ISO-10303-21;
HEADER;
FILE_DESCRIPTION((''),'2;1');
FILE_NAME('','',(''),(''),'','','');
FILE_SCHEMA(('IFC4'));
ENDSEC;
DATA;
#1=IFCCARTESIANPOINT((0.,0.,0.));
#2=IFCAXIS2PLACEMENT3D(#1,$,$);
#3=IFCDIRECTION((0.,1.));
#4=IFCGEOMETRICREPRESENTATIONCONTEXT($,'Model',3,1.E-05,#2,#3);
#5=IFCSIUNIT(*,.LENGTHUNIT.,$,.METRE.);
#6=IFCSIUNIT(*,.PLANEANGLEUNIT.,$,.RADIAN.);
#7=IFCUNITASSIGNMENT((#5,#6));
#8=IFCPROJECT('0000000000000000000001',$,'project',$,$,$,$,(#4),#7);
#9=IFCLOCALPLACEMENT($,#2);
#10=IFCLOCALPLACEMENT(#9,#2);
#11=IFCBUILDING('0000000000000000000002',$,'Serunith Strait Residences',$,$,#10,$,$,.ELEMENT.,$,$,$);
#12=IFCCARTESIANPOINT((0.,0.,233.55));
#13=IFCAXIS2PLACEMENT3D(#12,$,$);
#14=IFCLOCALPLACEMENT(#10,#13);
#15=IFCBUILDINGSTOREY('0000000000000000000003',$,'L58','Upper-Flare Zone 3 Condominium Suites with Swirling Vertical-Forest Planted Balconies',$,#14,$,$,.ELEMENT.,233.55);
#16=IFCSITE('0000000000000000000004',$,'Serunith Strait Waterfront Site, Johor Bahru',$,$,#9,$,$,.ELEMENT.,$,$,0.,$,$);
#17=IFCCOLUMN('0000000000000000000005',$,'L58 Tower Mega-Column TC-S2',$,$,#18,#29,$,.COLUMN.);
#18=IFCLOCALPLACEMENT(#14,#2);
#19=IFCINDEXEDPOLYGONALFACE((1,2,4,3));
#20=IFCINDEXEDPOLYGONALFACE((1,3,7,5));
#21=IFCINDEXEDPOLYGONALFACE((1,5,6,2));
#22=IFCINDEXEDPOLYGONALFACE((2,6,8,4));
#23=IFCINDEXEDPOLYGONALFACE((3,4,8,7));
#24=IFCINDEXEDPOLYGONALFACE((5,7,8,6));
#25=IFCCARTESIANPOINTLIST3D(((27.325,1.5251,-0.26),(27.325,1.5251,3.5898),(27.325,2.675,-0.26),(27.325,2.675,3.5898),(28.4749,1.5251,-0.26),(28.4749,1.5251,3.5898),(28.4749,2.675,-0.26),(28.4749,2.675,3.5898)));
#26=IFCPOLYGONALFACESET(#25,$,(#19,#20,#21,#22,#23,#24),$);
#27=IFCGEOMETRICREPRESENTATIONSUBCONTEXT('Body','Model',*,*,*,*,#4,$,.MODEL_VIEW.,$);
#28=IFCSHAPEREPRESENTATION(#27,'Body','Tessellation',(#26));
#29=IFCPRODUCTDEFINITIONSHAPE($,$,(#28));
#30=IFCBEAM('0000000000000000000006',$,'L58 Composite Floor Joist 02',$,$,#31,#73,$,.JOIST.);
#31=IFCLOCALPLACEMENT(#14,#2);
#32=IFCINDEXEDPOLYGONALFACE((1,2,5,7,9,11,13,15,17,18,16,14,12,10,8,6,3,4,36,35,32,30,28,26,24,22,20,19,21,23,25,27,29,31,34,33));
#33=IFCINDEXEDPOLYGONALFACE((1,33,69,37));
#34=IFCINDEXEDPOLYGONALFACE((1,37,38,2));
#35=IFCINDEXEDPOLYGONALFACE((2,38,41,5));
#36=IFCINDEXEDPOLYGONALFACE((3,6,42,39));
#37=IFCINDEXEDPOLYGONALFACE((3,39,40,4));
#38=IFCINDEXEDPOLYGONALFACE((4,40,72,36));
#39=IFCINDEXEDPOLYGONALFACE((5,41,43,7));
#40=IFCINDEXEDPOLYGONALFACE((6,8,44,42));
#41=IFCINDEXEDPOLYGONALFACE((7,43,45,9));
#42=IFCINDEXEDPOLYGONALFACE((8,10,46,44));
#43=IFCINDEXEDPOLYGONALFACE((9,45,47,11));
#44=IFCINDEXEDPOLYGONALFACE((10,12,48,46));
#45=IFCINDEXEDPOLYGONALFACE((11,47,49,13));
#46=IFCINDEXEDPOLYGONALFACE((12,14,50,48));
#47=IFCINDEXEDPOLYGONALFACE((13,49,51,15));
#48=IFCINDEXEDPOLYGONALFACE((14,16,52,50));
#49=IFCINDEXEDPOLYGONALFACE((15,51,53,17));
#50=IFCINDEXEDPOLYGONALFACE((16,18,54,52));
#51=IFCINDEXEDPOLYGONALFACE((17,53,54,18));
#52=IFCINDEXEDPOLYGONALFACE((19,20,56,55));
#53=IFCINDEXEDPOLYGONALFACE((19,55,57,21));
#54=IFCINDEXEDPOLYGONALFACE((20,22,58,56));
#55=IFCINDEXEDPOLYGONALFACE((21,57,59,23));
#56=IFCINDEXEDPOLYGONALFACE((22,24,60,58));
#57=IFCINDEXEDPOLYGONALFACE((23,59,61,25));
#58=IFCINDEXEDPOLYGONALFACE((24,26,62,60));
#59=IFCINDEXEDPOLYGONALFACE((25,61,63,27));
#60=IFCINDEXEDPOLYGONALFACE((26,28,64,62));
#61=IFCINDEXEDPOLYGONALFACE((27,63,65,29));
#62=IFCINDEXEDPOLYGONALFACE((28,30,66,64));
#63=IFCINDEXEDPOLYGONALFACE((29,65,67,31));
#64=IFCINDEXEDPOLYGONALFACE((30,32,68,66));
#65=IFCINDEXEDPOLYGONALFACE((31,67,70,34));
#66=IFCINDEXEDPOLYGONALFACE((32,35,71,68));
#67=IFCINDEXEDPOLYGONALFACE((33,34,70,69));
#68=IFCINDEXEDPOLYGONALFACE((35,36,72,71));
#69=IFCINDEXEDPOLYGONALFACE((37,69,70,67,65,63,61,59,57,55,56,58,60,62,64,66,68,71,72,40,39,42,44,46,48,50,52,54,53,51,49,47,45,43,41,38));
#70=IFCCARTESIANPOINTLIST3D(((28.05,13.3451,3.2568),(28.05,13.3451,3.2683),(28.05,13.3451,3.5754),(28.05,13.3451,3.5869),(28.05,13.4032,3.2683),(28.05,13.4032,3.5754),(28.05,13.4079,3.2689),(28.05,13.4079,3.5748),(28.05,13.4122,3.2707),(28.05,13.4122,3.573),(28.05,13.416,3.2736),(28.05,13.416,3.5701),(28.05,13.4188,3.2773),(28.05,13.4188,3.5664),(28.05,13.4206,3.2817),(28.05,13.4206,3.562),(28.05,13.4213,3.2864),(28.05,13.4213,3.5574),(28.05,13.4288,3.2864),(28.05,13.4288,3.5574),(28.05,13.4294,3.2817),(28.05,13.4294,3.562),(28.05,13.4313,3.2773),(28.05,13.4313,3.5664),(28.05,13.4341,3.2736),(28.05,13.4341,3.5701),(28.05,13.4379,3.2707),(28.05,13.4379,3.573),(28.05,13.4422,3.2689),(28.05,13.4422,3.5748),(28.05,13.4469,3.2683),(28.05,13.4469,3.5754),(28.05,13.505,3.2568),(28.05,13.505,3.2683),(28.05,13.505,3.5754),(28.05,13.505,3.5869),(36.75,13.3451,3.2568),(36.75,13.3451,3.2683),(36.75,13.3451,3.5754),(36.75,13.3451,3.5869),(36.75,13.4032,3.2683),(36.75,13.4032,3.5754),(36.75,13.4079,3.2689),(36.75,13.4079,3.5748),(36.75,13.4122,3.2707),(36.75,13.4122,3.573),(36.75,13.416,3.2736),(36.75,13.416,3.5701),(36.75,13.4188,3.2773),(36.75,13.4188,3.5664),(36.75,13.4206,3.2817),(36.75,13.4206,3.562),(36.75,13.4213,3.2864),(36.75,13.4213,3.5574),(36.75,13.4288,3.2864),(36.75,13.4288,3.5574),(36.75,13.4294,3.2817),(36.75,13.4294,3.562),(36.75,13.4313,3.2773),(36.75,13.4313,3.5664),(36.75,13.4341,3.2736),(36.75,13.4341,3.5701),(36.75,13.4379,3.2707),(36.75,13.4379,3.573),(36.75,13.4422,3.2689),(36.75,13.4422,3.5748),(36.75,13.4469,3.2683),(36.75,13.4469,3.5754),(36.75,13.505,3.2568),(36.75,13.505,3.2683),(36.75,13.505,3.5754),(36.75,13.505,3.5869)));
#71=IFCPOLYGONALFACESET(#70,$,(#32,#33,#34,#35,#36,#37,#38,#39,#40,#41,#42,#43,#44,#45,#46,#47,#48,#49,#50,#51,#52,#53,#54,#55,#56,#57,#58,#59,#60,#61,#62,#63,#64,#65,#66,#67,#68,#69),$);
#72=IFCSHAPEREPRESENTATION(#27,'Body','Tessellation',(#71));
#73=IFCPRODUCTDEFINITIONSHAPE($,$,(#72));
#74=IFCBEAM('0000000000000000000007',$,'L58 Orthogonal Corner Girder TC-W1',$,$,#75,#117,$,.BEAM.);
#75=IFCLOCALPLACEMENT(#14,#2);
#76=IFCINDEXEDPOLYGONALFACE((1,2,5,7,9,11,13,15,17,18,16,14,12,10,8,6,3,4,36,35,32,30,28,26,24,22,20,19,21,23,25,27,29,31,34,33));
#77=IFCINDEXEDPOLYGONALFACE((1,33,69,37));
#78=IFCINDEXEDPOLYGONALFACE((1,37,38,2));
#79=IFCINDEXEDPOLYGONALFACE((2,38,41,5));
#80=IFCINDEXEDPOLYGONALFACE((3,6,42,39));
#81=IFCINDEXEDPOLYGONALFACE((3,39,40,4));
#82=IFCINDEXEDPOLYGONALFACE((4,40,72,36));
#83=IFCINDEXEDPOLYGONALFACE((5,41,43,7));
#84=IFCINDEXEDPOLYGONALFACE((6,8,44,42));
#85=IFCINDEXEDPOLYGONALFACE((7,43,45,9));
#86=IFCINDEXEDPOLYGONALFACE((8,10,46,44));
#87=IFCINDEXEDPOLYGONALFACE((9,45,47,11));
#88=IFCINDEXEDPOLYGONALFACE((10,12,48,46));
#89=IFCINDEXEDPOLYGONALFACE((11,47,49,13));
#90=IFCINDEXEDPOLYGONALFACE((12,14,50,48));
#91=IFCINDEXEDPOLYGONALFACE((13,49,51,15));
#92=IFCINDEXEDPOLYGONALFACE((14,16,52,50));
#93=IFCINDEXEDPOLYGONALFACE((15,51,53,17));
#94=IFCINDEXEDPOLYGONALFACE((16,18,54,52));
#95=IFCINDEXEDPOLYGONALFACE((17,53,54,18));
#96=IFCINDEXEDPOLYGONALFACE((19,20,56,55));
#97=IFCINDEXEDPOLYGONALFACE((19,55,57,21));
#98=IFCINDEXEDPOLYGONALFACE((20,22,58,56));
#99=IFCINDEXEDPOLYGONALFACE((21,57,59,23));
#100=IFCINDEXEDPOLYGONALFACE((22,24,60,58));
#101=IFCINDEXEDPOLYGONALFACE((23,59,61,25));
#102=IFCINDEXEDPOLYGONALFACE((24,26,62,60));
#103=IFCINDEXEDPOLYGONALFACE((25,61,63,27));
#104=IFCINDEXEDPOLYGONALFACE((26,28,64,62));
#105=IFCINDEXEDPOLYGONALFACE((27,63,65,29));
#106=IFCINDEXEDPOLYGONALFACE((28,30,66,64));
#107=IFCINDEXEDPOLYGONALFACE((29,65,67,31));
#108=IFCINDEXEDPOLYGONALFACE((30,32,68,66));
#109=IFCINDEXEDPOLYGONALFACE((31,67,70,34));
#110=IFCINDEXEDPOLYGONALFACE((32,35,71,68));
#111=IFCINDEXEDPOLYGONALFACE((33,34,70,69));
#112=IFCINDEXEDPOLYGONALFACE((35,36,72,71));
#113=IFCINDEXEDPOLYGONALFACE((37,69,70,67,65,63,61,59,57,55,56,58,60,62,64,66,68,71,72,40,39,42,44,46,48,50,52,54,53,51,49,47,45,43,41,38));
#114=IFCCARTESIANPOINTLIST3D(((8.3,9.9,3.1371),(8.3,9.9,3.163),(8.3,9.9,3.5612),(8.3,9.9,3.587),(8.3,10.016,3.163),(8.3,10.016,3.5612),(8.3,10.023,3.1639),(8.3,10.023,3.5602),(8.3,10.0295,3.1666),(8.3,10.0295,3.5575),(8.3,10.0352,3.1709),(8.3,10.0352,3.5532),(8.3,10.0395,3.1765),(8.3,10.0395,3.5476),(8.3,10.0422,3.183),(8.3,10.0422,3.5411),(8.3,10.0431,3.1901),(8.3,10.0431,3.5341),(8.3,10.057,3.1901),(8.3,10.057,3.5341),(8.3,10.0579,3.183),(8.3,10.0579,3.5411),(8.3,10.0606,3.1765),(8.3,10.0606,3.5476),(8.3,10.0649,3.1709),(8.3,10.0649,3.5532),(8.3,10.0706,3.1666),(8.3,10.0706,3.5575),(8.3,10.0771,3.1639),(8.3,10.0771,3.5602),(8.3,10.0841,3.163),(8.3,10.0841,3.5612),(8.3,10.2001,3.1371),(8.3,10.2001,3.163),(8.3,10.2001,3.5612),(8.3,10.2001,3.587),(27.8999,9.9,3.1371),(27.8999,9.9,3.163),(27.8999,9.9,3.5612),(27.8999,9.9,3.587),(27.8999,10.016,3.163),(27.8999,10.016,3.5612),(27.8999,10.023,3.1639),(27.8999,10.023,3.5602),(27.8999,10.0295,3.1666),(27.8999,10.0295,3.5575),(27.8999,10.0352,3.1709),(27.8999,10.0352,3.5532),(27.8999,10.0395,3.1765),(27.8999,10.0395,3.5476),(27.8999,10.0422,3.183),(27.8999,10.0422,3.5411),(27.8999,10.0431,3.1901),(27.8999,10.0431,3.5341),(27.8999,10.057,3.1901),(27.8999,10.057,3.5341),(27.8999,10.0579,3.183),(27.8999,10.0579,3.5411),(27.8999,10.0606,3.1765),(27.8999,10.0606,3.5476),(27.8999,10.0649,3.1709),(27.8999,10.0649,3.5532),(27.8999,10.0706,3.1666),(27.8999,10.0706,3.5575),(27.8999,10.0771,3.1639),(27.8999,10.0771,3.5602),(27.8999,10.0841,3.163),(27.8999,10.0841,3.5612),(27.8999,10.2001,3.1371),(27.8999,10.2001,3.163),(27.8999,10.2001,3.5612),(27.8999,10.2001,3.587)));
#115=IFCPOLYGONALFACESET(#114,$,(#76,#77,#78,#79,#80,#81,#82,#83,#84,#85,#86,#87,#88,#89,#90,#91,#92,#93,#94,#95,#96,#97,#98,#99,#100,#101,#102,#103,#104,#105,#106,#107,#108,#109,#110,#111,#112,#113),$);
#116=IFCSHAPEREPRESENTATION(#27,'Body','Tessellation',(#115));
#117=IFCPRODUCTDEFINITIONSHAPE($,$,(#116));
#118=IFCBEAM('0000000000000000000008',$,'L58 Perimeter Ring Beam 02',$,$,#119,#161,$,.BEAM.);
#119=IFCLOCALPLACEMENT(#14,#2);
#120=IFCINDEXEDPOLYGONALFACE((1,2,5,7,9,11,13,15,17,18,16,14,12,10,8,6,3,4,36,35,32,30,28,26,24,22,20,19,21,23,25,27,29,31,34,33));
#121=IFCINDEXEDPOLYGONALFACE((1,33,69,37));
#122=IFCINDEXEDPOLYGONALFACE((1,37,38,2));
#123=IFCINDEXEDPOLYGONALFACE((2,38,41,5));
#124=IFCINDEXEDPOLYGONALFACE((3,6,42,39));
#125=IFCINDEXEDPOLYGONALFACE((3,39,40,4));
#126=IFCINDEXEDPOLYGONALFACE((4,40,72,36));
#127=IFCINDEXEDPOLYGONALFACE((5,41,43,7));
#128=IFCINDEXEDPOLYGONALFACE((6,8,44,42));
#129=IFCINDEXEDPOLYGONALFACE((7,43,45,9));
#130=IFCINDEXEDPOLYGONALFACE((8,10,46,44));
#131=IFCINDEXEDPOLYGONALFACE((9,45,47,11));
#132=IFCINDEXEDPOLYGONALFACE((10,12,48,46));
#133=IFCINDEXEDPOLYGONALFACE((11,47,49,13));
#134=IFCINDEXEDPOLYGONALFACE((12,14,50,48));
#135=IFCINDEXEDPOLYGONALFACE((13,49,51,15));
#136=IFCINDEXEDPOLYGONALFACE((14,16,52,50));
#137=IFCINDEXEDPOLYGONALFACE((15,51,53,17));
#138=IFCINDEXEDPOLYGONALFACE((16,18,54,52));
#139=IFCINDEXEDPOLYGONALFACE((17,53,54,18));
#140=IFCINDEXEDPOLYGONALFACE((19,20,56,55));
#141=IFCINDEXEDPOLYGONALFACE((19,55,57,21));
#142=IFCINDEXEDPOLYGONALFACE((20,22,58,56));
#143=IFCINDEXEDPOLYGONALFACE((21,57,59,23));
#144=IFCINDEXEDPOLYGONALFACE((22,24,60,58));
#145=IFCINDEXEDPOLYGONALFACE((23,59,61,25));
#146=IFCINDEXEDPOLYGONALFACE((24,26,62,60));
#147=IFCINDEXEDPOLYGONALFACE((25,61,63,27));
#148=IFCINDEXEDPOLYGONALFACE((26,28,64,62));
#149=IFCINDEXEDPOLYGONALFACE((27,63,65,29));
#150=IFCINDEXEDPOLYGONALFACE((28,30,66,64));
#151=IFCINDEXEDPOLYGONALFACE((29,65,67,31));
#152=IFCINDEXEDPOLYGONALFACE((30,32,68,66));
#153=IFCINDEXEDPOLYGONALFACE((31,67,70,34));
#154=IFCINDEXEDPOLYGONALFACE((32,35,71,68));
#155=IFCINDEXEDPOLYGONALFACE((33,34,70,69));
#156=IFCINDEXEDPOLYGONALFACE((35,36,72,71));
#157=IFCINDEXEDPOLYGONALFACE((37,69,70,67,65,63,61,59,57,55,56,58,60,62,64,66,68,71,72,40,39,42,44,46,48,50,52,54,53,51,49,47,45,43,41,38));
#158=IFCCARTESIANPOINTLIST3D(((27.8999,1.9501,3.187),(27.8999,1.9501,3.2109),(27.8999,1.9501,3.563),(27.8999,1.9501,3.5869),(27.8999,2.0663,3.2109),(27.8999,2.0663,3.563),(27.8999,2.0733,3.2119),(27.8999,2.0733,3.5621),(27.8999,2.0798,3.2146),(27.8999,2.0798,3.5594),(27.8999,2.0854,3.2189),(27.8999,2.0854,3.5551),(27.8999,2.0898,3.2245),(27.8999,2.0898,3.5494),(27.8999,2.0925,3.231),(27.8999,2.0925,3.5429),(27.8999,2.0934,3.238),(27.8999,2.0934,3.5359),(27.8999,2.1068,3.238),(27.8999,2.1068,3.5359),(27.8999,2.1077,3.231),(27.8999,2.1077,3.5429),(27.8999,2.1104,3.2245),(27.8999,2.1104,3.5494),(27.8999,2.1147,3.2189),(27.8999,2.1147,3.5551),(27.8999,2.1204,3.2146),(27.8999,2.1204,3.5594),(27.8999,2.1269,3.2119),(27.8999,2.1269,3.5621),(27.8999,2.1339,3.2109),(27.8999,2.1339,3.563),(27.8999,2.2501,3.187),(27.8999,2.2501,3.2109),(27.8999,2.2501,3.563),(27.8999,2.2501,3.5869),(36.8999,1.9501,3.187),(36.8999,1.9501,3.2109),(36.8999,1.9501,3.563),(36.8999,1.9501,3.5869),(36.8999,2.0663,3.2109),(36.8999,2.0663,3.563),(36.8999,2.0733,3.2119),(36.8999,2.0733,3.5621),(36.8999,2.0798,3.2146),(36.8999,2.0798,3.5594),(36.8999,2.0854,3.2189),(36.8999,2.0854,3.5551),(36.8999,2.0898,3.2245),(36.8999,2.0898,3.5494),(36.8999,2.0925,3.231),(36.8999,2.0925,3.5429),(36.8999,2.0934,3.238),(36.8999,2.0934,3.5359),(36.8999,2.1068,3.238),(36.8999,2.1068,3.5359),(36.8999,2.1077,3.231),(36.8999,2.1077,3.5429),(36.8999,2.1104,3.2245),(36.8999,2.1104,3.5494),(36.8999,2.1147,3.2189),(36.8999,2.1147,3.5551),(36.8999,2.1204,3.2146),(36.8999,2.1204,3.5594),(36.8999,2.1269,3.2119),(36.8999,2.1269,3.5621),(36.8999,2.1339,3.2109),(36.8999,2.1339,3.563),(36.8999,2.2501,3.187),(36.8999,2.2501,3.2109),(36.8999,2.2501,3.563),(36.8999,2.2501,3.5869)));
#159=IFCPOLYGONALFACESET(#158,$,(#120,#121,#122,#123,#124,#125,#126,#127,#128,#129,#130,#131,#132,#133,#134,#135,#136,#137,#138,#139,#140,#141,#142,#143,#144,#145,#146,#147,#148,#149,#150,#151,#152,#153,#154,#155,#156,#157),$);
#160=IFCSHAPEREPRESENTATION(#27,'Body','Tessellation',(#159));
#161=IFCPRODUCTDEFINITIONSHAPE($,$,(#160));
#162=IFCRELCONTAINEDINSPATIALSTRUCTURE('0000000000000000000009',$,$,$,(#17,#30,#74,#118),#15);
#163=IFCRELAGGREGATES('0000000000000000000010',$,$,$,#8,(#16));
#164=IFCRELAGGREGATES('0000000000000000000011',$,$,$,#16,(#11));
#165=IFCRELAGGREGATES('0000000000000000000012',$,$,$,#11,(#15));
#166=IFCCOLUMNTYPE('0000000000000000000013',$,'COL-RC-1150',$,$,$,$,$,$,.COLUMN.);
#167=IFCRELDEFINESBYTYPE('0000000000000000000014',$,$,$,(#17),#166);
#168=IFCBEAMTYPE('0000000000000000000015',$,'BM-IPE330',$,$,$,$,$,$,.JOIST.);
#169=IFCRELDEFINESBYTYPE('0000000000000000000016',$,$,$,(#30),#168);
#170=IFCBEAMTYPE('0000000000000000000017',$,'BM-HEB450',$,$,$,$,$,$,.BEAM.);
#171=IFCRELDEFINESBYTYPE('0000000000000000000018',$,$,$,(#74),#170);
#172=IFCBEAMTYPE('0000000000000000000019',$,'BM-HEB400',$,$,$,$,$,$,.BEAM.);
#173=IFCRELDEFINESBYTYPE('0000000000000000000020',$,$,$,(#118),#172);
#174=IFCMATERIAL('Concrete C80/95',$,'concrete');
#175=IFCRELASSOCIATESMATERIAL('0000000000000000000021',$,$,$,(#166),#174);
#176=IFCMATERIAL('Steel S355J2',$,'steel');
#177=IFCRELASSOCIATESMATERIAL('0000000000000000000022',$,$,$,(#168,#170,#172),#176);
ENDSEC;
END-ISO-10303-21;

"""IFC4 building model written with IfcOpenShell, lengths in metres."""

from ifc_helpers import new_model, si_unit, direction, frame, origin, origin_2d, place, context, subcontext, project, spatial, rectangle, i_section, extrude, source, transform, mapped, material, material_profile, profile_set, type_object, element, save


model = new_model("IFC4")

# Units and contexts
model_context = context("Model", 3, precision=1e-05, world=origin(), true_north=direction((0.0, 1.0)))
body_context = subcontext(model_context, "Body", "Model", "MODEL_VIEW")
ifc_project = project(units=[si_unit("LENGTHUNIT", "METRE"), si_unit("PLANEANGLEUNIT", "RADIAN")], contexts=[model_context])

# Site, building, storey
site_placement = place(None, origin())
site = spatial("IfcSite", under=ifc_project, at=site_placement, Name="Serunith Strait Waterfront Site, Johor Bahru", CompositionType="ELEMENT", RefElevation=0.0)
building_placement = place(site_placement, origin())
building = spatial("IfcBuilding", under=site, at=building_placement, Name="Serunith Strait Residences", CompositionType="ELEMENT")
storey_placement = place(building_placement, frame((0.0, 0.0, 233.55)))
storey = spatial("IfcBuildingStorey", under=building, at=storey_placement, Name="L58", Description="Upper-Flare Zone 3 Condominium Suites with Swirling Vertical-Forest Planted Balconies", CompositionType="ELEMENT", Elevation=233.55)

# Column
ifc_material_1 = material(Name="Concrete C80/95", Category="concrete")
ifc_material_profile_1 = material_profile(ifc_material_1, rectangle(XDim=1.1499, YDim=1.1499, at=origin_2d()), Name="RC 1150x1150")
ifc_profile_set_1 = profile_set([ifc_material_profile_1], Name="Concrete C80/95")
column_type = type_object("IfcColumnType", Name="COL-RC-1150", PredefinedType="COLUMN", material=ifc_profile_set_1)
shared_shape_1 = source(origin(), body_context, "Body", "SweptSolid", [
    extrude(rectangle(XDim=1.1499, YDim=1.1499, at=origin_2d()), origin(), (0.0, 0.0, 1.0), 3.8499),
])
column_placement = place(storey_placement, frame((27.8999, 2.1001, -0.26), z_axis=(0.0, 0.0, 1.0), x_axis=(1.0, 0.0, 0.0)))
element("IfcColumn", 1, at=column_placement, inside=storey, type_object=column_type, Name="L58 Tower Mega-Column TC-S2", PredefinedType="COLUMN", context=body_context, shape_type="MappedRepresentation", body=[
    mapped(shared_shape_1, transform((0.0, 0.0, 0.0), scale=1.0)),
])

# Beams
ifc_material_2 = material(Name="Steel S355J2", Category="steel")
ifc_material_profile_2 = material_profile(ifc_material_2, i_section(OverallWidth=0.1599, OverallDepth=0.3301, WebThickness=0.0076, FlangeThickness=0.0115, FilletRadius=0.0181, at=origin_2d()), Name="IPE 330")
ifc_profile_set_2 = profile_set([ifc_material_profile_2], Name="Steel S355J2")
beam_type_1 = type_object("IfcBeamType", Name="BM-IPE330", PredefinedType="JOIST", material=ifc_profile_set_2)
shared_shape_2 = source(origin(), body_context, "Body", "SweptSolid", [
    extrude(i_section(OverallWidth=0.1599, OverallDepth=0.3301, WebThickness=0.0076, FlangeThickness=0.0115, FilletRadius=0.0181, at=origin_2d()), origin(), (0.0, 0.0, 1.0), 8.7),
])
beam_1_placement = place(storey_placement, frame((28.05, 13.425, 3.4219), z_axis=(1.0, 0.0, 0.0), x_axis=(0.0, 1.0, 0.0)))
element("IfcBeam", 2, at=beam_1_placement, inside=storey, type_object=beam_type_1, Name="L58 Composite Floor Joist 02", PredefinedType="JOIST", context=body_context, shape_type="MappedRepresentation", body=[
    mapped(shared_shape_2, transform((0.0, 0.0, 0.0), scale=1.0)),
])
ifc_material_profile_3 = material_profile(ifc_material_2, i_section(OverallWidth=0.3, OverallDepth=0.45, WebThickness=0.0139, FlangeThickness=0.0259, FilletRadius=0.0271, at=origin_2d()), Name="HEB 450")
ifc_profile_set_3 = profile_set([ifc_material_profile_3], Name="Steel S355J2")
beam_type_2 = type_object("IfcBeamType", Name="BM-HEB450", PredefinedType="BEAM", material=ifc_profile_set_3)
shared_shape_3 = source(origin(), body_context, "Body", "SweptSolid", [
    extrude(i_section(OverallWidth=0.3, OverallDepth=0.45, WebThickness=0.0139, FlangeThickness=0.0259, FilletRadius=0.0271, at=origin_2d()), origin(), (0.0, 0.0, 1.0), 19.5999),
])
beam_2_placement = place(storey_placement, frame((27.8999, 10.05, 3.3621), z_axis=(-1.0, 0.0, 0.0), x_axis=(0.0, -1.0, 0.0)))
element("IfcBeam", 3, at=beam_2_placement, inside=storey, type_object=beam_type_2, Name="L58 Orthogonal Corner Girder TC-W1", PredefinedType="BEAM", context=body_context, shape_type="MappedRepresentation", body=[
    mapped(shared_shape_3, transform((0.0, 0.0, 0.0), scale=1.0)),
])
ifc_material_profile_4 = material_profile(ifc_material_2, i_section(OverallWidth=0.3, OverallDepth=0.3999, WebThickness=0.0134, FlangeThickness=0.0239, FilletRadius=0.0271, at=origin_2d()), Name="HEB 400")
ifc_profile_set_4 = profile_set([ifc_material_profile_4], Name="Steel S355J2")
beam_type_3 = type_object("IfcBeamType", Name="BM-HEB400", PredefinedType="BEAM", material=ifc_profile_set_4)
shared_shape_4 = source(origin(), body_context, "Body", "SweptSolid", [
    extrude(i_section(OverallWidth=0.3, OverallDepth=0.3999, WebThickness=0.0134, FlangeThickness=0.0239, FilletRadius=0.0271, at=origin_2d()), origin(), (0.0, 0.0, 1.0), 9.0),
])
beam_3_placement = place(storey_placement, frame((27.8999, 2.1001, 3.387), z_axis=(1.0, 0.0, 0.0), x_axis=(0.0, 1.0, 0.0)))
element("IfcBeam", 4, at=beam_3_placement, inside=storey, type_object=beam_type_3, Name="L58 Perimeter Ring Beam 02", PredefinedType="BEAM", context=body_context, shape_type="MappedRepresentation", body=[
    mapped(shared_shape_4, transform((0.0, 0.0, 0.0), scale=1.0)),
])

save(model, "model.ifc")
